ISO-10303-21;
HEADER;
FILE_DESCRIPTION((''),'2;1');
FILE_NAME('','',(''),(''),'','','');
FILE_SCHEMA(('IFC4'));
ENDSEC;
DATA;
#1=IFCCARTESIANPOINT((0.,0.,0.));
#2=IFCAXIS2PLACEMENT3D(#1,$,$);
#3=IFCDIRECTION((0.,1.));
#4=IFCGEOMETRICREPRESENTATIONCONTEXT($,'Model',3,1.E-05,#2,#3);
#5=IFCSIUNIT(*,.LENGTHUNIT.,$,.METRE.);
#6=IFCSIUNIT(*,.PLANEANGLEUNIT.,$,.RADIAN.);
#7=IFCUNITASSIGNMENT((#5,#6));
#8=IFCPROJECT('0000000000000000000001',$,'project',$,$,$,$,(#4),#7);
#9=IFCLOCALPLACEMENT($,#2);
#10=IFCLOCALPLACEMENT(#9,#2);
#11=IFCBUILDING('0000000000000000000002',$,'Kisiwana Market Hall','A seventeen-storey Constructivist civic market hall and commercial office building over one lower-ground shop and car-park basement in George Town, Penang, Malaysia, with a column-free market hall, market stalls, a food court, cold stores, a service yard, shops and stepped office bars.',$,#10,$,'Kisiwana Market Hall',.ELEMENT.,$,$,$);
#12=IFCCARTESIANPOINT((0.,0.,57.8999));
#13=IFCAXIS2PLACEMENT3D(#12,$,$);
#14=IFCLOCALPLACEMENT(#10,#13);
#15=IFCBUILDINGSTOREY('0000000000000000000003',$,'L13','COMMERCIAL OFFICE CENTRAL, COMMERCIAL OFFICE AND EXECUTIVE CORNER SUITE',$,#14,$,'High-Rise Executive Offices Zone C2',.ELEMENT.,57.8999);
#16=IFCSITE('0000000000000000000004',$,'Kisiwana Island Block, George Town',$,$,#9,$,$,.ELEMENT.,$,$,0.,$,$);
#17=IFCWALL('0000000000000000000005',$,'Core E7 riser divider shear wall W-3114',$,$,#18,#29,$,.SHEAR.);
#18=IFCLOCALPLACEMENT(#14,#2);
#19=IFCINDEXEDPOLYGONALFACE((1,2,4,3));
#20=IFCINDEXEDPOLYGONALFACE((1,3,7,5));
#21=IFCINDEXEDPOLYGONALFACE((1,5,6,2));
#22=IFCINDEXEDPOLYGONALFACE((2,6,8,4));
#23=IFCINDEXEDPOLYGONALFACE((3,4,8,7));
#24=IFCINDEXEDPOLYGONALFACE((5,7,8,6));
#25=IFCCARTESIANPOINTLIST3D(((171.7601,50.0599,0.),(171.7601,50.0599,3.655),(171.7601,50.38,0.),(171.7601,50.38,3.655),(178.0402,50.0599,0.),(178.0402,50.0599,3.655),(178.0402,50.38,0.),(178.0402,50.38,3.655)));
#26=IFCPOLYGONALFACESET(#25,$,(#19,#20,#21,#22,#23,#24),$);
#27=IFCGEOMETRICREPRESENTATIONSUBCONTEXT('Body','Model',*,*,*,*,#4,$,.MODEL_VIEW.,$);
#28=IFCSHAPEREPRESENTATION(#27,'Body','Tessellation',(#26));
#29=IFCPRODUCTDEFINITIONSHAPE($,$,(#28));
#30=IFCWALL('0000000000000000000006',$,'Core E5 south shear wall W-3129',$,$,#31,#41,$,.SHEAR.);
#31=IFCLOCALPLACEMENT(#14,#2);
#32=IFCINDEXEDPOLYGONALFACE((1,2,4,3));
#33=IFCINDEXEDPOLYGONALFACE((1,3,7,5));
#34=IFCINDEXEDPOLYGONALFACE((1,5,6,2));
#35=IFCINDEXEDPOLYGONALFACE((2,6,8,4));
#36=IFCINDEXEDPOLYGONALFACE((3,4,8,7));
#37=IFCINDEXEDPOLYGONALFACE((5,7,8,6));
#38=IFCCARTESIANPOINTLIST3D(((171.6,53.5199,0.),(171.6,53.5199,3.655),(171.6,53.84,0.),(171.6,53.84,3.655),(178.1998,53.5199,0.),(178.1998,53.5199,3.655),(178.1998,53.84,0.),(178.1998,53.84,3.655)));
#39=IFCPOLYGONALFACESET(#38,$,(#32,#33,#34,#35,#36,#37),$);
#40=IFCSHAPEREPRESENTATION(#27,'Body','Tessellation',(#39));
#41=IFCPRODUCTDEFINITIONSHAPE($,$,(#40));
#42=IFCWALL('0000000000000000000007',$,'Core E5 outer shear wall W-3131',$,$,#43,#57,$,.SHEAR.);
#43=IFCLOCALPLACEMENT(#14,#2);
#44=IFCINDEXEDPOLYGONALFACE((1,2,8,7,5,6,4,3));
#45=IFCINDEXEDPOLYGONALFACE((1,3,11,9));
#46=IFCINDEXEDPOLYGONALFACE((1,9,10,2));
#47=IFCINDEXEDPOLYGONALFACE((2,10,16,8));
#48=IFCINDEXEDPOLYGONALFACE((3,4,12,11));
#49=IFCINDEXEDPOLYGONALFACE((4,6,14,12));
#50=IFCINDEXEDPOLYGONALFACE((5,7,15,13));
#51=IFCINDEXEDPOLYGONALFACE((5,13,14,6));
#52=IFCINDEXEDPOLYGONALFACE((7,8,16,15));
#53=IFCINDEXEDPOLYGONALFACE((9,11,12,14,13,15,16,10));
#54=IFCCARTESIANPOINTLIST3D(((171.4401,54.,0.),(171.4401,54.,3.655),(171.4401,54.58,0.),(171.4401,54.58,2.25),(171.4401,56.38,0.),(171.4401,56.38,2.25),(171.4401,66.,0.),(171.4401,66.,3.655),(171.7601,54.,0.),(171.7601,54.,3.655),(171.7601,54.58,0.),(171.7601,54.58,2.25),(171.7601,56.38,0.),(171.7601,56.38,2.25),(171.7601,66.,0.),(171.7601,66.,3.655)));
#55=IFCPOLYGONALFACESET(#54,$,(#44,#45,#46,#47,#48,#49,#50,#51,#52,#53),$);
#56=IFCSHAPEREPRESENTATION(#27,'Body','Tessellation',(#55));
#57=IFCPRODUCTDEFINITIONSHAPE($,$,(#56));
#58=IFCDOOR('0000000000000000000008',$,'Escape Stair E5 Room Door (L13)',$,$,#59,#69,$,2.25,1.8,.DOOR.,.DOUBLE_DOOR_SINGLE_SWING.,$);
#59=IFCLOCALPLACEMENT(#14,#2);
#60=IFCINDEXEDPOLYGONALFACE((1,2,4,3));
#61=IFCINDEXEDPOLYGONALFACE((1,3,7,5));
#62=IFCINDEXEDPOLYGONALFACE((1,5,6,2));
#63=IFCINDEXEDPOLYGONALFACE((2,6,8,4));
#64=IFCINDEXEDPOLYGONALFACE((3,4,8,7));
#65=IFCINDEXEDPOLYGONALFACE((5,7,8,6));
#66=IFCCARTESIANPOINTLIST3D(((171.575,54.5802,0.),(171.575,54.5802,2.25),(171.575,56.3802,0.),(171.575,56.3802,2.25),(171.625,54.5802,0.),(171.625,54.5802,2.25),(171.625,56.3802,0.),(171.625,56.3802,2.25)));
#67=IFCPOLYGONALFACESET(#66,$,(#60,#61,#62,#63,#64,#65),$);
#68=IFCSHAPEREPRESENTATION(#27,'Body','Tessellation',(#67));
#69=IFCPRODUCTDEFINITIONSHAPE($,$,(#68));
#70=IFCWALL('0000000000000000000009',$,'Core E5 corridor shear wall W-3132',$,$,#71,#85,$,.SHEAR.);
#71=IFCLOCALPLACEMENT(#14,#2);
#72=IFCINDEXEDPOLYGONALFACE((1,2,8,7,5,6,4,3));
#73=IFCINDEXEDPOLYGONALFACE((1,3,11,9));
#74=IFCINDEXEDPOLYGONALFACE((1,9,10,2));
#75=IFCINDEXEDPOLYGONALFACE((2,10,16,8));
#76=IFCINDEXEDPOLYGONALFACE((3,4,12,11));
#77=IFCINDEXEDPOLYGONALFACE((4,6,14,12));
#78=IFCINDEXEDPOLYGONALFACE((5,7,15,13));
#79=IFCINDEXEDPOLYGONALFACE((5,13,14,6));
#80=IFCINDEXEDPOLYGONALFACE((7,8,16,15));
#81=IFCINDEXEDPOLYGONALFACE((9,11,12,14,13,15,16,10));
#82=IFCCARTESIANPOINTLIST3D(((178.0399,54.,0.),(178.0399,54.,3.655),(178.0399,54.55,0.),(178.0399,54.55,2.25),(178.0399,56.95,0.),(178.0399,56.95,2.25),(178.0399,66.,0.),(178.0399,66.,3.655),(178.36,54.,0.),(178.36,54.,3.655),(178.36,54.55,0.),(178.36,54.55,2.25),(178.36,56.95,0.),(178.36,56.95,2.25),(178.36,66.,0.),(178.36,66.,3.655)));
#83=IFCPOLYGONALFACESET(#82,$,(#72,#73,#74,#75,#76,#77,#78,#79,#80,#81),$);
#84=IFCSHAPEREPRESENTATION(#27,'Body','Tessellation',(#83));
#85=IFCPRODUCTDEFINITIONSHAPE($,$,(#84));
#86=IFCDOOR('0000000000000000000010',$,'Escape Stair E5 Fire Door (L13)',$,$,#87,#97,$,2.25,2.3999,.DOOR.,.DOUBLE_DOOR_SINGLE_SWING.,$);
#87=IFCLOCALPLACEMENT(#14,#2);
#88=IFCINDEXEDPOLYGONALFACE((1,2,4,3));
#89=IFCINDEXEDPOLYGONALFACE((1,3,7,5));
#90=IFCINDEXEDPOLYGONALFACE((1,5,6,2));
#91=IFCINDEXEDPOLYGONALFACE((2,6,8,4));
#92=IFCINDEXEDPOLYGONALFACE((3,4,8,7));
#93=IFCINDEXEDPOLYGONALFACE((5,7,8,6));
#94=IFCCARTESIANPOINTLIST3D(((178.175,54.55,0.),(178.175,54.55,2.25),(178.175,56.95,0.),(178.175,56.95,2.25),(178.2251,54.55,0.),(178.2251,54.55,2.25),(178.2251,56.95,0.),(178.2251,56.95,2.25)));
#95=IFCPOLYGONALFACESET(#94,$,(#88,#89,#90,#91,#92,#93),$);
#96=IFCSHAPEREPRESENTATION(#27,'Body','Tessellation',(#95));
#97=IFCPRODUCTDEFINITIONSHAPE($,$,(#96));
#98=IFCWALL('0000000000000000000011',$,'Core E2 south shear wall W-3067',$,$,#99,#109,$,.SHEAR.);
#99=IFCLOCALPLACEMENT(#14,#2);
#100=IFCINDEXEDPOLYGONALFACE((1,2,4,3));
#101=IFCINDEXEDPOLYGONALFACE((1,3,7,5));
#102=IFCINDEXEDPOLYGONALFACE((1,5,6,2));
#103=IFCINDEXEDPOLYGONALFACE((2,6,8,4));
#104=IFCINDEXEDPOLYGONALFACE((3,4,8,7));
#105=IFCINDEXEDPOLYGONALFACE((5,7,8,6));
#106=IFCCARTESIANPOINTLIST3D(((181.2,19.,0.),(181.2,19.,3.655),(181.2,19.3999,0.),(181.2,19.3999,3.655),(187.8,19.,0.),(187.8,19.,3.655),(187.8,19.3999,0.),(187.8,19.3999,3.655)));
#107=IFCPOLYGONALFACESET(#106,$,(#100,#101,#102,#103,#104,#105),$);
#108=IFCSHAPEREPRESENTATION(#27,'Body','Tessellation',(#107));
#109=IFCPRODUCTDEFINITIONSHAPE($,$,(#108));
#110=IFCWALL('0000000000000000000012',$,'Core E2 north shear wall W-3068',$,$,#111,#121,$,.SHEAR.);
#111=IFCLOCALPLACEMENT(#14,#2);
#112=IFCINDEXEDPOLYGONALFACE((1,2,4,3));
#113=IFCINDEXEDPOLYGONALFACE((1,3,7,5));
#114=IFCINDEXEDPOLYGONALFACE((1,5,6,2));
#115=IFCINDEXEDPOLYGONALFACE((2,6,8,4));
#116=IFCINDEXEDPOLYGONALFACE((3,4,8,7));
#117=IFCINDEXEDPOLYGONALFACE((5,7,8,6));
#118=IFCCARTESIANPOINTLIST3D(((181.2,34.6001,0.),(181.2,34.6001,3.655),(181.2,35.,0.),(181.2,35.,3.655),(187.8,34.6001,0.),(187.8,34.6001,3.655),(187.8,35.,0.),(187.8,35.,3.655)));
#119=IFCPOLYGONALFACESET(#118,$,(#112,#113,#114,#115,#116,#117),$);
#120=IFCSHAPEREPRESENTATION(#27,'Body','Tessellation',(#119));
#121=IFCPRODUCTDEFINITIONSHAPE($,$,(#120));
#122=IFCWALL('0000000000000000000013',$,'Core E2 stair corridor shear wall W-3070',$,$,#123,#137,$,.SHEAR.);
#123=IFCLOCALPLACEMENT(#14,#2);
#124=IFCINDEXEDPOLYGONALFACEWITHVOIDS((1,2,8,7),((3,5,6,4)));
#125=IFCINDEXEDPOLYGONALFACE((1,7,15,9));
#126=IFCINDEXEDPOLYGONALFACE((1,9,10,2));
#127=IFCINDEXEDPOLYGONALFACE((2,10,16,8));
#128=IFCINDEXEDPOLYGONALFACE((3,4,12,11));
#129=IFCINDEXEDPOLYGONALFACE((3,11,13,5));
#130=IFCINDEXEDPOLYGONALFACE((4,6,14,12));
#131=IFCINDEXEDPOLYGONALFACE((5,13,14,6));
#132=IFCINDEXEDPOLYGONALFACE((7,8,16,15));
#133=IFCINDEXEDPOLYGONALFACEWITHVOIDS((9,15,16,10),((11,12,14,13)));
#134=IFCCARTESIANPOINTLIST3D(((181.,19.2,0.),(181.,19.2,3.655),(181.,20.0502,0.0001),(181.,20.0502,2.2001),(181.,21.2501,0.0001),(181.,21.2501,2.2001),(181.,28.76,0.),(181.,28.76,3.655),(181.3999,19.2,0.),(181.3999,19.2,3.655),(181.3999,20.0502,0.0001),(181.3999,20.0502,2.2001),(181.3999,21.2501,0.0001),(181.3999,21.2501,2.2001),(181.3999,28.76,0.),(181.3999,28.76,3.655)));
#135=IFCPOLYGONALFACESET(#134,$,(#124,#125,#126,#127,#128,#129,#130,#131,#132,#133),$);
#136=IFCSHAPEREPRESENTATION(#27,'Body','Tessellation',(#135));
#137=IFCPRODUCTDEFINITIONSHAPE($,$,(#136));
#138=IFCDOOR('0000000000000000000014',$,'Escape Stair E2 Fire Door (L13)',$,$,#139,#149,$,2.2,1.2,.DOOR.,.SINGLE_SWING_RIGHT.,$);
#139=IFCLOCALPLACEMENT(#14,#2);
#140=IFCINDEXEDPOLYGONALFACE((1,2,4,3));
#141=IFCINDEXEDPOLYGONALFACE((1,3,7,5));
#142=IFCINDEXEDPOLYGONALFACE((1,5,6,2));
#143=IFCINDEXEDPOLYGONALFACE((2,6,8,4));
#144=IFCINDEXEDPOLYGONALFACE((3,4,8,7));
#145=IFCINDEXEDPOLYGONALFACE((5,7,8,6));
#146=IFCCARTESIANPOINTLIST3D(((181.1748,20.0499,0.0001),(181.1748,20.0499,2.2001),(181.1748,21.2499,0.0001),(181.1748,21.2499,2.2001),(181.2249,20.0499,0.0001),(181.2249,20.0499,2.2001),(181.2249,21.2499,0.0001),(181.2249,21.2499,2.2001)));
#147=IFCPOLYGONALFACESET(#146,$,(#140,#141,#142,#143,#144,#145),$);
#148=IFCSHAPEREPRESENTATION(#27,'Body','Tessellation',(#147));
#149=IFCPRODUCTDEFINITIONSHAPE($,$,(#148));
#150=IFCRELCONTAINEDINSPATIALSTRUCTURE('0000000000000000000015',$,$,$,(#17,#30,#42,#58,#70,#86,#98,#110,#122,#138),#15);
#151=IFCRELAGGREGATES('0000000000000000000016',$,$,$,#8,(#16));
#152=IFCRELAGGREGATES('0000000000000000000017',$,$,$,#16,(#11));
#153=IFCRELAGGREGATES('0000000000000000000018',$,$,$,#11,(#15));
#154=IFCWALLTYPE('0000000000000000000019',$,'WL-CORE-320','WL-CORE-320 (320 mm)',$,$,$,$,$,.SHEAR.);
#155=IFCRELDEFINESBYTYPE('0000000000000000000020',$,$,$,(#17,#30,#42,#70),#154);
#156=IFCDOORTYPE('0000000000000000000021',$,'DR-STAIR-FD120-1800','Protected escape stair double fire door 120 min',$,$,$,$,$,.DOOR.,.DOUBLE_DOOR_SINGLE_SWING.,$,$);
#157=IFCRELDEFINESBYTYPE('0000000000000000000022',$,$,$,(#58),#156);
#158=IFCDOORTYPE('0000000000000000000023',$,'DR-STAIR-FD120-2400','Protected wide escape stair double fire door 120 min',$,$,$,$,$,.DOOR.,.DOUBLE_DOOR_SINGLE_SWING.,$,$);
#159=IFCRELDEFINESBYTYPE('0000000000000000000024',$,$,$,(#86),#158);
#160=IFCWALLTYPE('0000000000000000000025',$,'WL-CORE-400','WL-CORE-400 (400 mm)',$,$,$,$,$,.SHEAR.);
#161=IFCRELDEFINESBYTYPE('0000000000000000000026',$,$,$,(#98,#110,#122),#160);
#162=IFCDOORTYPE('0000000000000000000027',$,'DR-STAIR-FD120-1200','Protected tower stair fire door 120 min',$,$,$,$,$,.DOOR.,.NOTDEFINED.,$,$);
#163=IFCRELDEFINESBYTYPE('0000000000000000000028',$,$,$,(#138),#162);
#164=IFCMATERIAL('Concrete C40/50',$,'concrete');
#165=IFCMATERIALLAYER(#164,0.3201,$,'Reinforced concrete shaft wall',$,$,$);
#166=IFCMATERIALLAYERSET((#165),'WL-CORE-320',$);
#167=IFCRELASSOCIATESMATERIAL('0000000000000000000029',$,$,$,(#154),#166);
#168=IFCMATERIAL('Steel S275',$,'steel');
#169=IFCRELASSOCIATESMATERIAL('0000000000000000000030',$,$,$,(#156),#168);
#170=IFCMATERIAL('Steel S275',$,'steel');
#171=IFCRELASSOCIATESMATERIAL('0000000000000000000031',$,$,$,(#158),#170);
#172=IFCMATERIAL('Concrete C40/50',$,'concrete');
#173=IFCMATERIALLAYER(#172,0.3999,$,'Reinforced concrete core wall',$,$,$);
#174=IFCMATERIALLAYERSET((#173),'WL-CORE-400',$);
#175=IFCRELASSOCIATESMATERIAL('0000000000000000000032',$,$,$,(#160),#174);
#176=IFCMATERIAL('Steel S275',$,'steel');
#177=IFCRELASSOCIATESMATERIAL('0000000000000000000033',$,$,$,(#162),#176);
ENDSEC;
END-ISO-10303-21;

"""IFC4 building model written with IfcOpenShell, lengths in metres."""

from ifc_helpers import new_model, si_unit, direction, frame, frame_2d, origin, place, context, subcontext, project, spatial, rectangle, extrude, material, layer, layer_set, type_object, element, fill, save


model = new_model("IFC4")

# Units and contexts
model_context = context("Model", 3, precision=1e-05, world=origin(), true_north=direction((0.0, 1.0)))
body_context = subcontext(model_context, "Body", "Model", "MODEL_VIEW")
ifc_project = project(units=[si_unit("LENGTHUNIT", "METRE"), si_unit("PLANEANGLEUNIT", "RADIAN")], contexts=[model_context])

# Site, building, storey
site_placement = place(None, origin())
site = spatial("IfcSite", under=ifc_project, at=site_placement, Name="Kisiwana Island Block, George Town", CompositionType="ELEMENT", RefElevation=0.0)
building_placement = place(site_placement, origin())
building = spatial("IfcBuilding", under=site, at=building_placement, Name="Kisiwana Market Hall", Description="A seventeen-storey Constructivist civic market hall and commercial office building over one lower-ground shop and car-park basement in George Town, Penang, Malaysia, with a column-free market hall, market stalls, a food court, cold stores, a service yard, shops and stepped office bars.", LongName="Kisiwana Market Hall", CompositionType="ELEMENT")
storey_placement = place(building_placement, frame((0.0, 0.0, 57.8999)))
storey = spatial("IfcBuildingStorey", under=building, at=storey_placement, Name="L13", Description="COMMERCIAL OFFICE CENTRAL, COMMERCIAL OFFICE AND EXECUTIVE CORNER SUITE", LongName="High-Rise Executive Offices Zone C2", CompositionType="ELEMENT", Elevation=57.8999)

# Shared definitions
ifc_material_1 = material(Name="Concrete C40/50", Category="concrete")
ifc_layer_1 = layer(ifc_material_1, 0.3201, Name="Reinforced concrete shaft wall")
ifc_layer_set_1 = layer_set([ifc_layer_1], Name="WL-CORE-320")
wall_type_1 = type_object("IfcWallType", Name="WL-CORE-320", Description="WL-CORE-320 (320 mm)", PredefinedType="SHEAR", material=ifc_layer_set_1)

# Shared definitions
ifc_material_2 = material(Name="Steel S275", Category="steel")
door_type_1 = type_object("IfcDoorType", Name="DR-STAIR-FD120-1800", Description="Protected escape stair double fire door 120 min", OperationType="DOUBLE_DOOR_SINGLE_SWING", PredefinedType="DOOR", material=ifc_material_2)
ifc_material_3 = material(Name="Steel S275", Category="steel")
door_type_2 = type_object("IfcDoorType", Name="DR-STAIR-FD120-2400", Description="Protected wide escape stair double fire door 120 min", OperationType="DOUBLE_DOOR_SINGLE_SWING", PredefinedType="DOOR", material=ifc_material_3)

# Walls
wall_1_placement = place(storey_placement, frame((171.76, 50.22, 0.0), z_axis=(0.0, 0.0, 1.0), x_axis=(1.0, 0.0, 0.0)))
element("IfcWall", 1, at=wall_1_placement, inside=storey, type_object=wall_type_1, Name="Core E7 riser divider shear wall W-3114", PredefinedType="SHEAR", context=body_context, shape_type="SweptSolid", body=[
    extrude(rectangle(XDim=6.28, YDim=0.3201, at=frame_2d((3.1401, 0.0))), origin(), (0.0, 0.0, 1.0), 3.655),
])
wall_2_placement = place(storey_placement, frame((171.6001, 53.6799, 0.0), z_axis=(0.0, 0.0, 1.0), x_axis=(1.0, 0.0, 0.0)))
element("IfcWall", 2, at=wall_2_placement, inside=storey, type_object=wall_type_1, Name="Core E5 south shear wall W-3129", PredefinedType="SHEAR", context=body_context, shape_type="SweptSolid", body=[
    extrude(rectangle(XDim=6.5999, YDim=0.3201, at=frame_2d((3.2998, 0.0))), origin(), (0.0, 0.0, 1.0), 3.655),
])

# Walls, openings, doors
wall_3_placement = place(storey_placement, frame((171.6001, 54.0, 0.0), z_axis=(0.0, 0.0, 1.0), x_axis=(0.0, 1.0, 0.0)))
wall_3 = element("IfcWall", 3, at=wall_3_placement, inside=storey, type_object=wall_type_1, Name="Core E5 outer shear wall W-3131", PredefinedType="SHEAR", context=body_context, shape_type="SweptSolid", body=[
    extrude(rectangle(XDim=12.0, YDim=0.3201, at=frame_2d((6.0, 0.0))), origin(), (0.0, 0.0, 1.0), 3.655),
])
opening_1_placement = place(wall_3_placement, frame((0.5801, 0.0, 0.0)))
opening_1 = element("IfcOpeningElement", 4, at=opening_1_placement, cuts=wall_3, PredefinedType="OPENING", context=body_context, shape_type="SweptSolid", body=[
    extrude(rectangle(XDim=1.8, YDim=2.25, at=frame_2d((0.8999, 1.125))), frame((0.0, 0.1719, 0.0), z_axis=(0.0, -1.0, 0.0), x_axis=(1.0, 0.0, 0.0)), (0.0, 0.0, 1.0), 0.344),
])
door_1_placement = place(opening_1_placement, frame((1.8, 0.0, 0.0), z_axis=(0.0, 0.0, 1.0), x_axis=(-1.0, 0.0, 0.0)))
door_1 = element("IfcDoor", 5, at=door_1_placement, inside=storey, type_object=door_type_1, Name="Escape Stair E5 Room Door (L13)", OperationType="DOUBLE_DOOR_SINGLE_SWING", OverallHeight=2.25, OverallWidth=1.8, PredefinedType="DOOR", context=body_context, shape_type="SweptSolid", body=[
    extrude(rectangle(XDim=1.8, YDim=2.25, at=frame_2d((0.8999, 1.125))), frame((0.0, 0.0249, 0.0), z_axis=(0.0, -1.0, 0.0), x_axis=(1.0, 0.0, 0.0)), (0.0, 0.0, 1.0), 0.05),
])
fill(opening_1, door_1)
wall_4_placement = place(storey_placement, frame((178.2, 54.0, 0.0), z_axis=(0.0, 0.0, 1.0), x_axis=(0.0, 1.0, 0.0)))
wall_4 = element("IfcWall", 6, at=wall_4_placement, inside=storey, type_object=wall_type_1, Name="Core E5 corridor shear wall W-3132", PredefinedType="SHEAR", context=body_context, shape_type="SweptSolid", body=[
    extrude(rectangle(XDim=12.0, YDim=0.3201, at=frame_2d((6.0, 0.0))), origin(), (0.0, 0.0, 1.0), 3.655),
])
opening_2_placement = place(wall_4_placement, frame((0.55, 0.0, 0.0)))
opening_2 = element("IfcOpeningElement", 7, at=opening_2_placement, cuts=wall_4, PredefinedType="OPENING", context=body_context, shape_type="SweptSolid", body=[
    extrude(rectangle(XDim=2.3999, YDim=2.25, at=frame_2d((1.2, 1.125))), frame((0.0, 0.1719, 0.0), z_axis=(0.0, -1.0, 0.0), x_axis=(1.0, 0.0, 0.0)), (0.0, 0.0, 1.0), 0.344),
])
door_2_placement = place(opening_2_placement, origin())
door_2 = element("IfcDoor", 8, at=door_2_placement, inside=storey, type_object=door_type_2, Name="Escape Stair E5 Fire Door (L13)", OperationType="DOUBLE_DOOR_SINGLE_SWING", OverallHeight=2.25, OverallWidth=2.3999, PredefinedType="DOOR", context=body_context, shape_type="SweptSolid", body=[
    extrude(rectangle(XDim=2.3999, YDim=2.25, at=frame_2d((1.2, 1.125))), frame((0.0, 0.0249, 0.0), z_axis=(0.0, -1.0, 0.0), x_axis=(1.0, 0.0, 0.0)), (0.0, 0.0, 1.0), 0.05),
])
fill(opening_2, door_2)

# Walls
ifc_material_4 = material(Name="Concrete C40/50", Category="concrete")
ifc_layer_2 = layer(ifc_material_4, 0.3999, Name="Reinforced concrete core wall")
ifc_layer_set_2 = layer_set([ifc_layer_2], Name="WL-CORE-400")
wall_type_2 = type_object("IfcWallType", Name="WL-CORE-400", Description="WL-CORE-400 (400 mm)", PredefinedType="SHEAR", material=ifc_layer_set_2)
for number, where, z_axis, x_axis, name in (
    (9, (181.2, 19.2, 0.0), (0.0, 0.0, 1.0), (1.0, 0.0, 0.0), "Core E2 south shear wall W-3067"),
    (10, (181.2, 34.8, 0.0), (0.0, 0.0, 1.0), (1.0, 0.0, 0.0), "Core E2 north shear wall W-3068"),
):
    element("IfcWall", number, at=place(storey_placement, frame(where, z_axis=z_axis, x_axis=x_axis)), inside=storey, type_object=wall_type_2, Name=name, PredefinedType="SHEAR", context=body_context, shape_type="SweptSolid", body=[
        extrude(rectangle(XDim=6.6001, YDim=0.3999, at=frame_2d((3.3, 0.0))), origin(), (0.0, 0.0, 1.0), 3.655),
    ])

# Wall, opening, door
wall_5_placement = place(storey_placement, frame((181.2, 19.2, 0.0), z_axis=(0.0, 0.0, 1.0), x_axis=(0.0, 1.0, 0.0)))
wall_5 = element("IfcWall", 11, at=wall_5_placement, inside=storey, type_object=wall_type_2, Name="Core E2 stair corridor shear wall W-3070", PredefinedType="SHEAR", context=body_context, shape_type="SweptSolid", body=[
    extrude(rectangle(XDim=9.5601, YDim=0.3999, at=frame_2d((4.78, 0.0))), origin(), (0.0, 0.0, 1.0), 3.655),
])
opening_3_placement = place(wall_5_placement, frame((0.8501, 0.0, 0.0)))
opening_3 = element("IfcOpeningElement", 12, at=opening_3_placement, cuts=wall_5, PredefinedType="OPENING", context=body_context, shape_type="SweptSolid", body=[
    extrude(rectangle(XDim=1.2, YDim=2.2, at=frame_2d((0.6001, 1.1001))), frame((0.0, 0.2119, 0.0), z_axis=(0.0, -1.0, 0.0), x_axis=(1.0, 0.0, 0.0)), (0.0, 0.0, 1.0), 0.4238),
])
ifc_material_5 = material(Name="Steel S275", Category="steel")
door_type_3 = type_object("IfcDoorType", Name="DR-STAIR-FD120-1200", Description="Protected tower stair fire door 120 min", OperationType="NOTDEFINED", PredefinedType="DOOR", material=ifc_material_5)
door_3_placement = place(opening_3_placement, frame((1.2, 0.0, 0.0), z_axis=(0.0, 0.0, 1.0), x_axis=(-1.0, 0.0, 0.0)))
door_3 = element("IfcDoor", 13, at=door_3_placement, inside=storey, type_object=door_type_3, Name="Escape Stair E2 Fire Door (L13)", OperationType="SINGLE_SWING_RIGHT", OverallHeight=2.2, OverallWidth=1.2, PredefinedType="DOOR", context=body_context, shape_type="SweptSolid", body=[
    extrude(rectangle(XDim=1.2, YDim=2.2, at=frame_2d((0.6001, 1.1001))), frame((0.0, 0.0249, 0.0), z_axis=(0.0, -1.0, 0.0), x_axis=(1.0, 0.0, 0.0)), (0.0, 0.0, 1.0), 0.05),
])
fill(opening_3, door_3)

save(model, "model.ifc")
